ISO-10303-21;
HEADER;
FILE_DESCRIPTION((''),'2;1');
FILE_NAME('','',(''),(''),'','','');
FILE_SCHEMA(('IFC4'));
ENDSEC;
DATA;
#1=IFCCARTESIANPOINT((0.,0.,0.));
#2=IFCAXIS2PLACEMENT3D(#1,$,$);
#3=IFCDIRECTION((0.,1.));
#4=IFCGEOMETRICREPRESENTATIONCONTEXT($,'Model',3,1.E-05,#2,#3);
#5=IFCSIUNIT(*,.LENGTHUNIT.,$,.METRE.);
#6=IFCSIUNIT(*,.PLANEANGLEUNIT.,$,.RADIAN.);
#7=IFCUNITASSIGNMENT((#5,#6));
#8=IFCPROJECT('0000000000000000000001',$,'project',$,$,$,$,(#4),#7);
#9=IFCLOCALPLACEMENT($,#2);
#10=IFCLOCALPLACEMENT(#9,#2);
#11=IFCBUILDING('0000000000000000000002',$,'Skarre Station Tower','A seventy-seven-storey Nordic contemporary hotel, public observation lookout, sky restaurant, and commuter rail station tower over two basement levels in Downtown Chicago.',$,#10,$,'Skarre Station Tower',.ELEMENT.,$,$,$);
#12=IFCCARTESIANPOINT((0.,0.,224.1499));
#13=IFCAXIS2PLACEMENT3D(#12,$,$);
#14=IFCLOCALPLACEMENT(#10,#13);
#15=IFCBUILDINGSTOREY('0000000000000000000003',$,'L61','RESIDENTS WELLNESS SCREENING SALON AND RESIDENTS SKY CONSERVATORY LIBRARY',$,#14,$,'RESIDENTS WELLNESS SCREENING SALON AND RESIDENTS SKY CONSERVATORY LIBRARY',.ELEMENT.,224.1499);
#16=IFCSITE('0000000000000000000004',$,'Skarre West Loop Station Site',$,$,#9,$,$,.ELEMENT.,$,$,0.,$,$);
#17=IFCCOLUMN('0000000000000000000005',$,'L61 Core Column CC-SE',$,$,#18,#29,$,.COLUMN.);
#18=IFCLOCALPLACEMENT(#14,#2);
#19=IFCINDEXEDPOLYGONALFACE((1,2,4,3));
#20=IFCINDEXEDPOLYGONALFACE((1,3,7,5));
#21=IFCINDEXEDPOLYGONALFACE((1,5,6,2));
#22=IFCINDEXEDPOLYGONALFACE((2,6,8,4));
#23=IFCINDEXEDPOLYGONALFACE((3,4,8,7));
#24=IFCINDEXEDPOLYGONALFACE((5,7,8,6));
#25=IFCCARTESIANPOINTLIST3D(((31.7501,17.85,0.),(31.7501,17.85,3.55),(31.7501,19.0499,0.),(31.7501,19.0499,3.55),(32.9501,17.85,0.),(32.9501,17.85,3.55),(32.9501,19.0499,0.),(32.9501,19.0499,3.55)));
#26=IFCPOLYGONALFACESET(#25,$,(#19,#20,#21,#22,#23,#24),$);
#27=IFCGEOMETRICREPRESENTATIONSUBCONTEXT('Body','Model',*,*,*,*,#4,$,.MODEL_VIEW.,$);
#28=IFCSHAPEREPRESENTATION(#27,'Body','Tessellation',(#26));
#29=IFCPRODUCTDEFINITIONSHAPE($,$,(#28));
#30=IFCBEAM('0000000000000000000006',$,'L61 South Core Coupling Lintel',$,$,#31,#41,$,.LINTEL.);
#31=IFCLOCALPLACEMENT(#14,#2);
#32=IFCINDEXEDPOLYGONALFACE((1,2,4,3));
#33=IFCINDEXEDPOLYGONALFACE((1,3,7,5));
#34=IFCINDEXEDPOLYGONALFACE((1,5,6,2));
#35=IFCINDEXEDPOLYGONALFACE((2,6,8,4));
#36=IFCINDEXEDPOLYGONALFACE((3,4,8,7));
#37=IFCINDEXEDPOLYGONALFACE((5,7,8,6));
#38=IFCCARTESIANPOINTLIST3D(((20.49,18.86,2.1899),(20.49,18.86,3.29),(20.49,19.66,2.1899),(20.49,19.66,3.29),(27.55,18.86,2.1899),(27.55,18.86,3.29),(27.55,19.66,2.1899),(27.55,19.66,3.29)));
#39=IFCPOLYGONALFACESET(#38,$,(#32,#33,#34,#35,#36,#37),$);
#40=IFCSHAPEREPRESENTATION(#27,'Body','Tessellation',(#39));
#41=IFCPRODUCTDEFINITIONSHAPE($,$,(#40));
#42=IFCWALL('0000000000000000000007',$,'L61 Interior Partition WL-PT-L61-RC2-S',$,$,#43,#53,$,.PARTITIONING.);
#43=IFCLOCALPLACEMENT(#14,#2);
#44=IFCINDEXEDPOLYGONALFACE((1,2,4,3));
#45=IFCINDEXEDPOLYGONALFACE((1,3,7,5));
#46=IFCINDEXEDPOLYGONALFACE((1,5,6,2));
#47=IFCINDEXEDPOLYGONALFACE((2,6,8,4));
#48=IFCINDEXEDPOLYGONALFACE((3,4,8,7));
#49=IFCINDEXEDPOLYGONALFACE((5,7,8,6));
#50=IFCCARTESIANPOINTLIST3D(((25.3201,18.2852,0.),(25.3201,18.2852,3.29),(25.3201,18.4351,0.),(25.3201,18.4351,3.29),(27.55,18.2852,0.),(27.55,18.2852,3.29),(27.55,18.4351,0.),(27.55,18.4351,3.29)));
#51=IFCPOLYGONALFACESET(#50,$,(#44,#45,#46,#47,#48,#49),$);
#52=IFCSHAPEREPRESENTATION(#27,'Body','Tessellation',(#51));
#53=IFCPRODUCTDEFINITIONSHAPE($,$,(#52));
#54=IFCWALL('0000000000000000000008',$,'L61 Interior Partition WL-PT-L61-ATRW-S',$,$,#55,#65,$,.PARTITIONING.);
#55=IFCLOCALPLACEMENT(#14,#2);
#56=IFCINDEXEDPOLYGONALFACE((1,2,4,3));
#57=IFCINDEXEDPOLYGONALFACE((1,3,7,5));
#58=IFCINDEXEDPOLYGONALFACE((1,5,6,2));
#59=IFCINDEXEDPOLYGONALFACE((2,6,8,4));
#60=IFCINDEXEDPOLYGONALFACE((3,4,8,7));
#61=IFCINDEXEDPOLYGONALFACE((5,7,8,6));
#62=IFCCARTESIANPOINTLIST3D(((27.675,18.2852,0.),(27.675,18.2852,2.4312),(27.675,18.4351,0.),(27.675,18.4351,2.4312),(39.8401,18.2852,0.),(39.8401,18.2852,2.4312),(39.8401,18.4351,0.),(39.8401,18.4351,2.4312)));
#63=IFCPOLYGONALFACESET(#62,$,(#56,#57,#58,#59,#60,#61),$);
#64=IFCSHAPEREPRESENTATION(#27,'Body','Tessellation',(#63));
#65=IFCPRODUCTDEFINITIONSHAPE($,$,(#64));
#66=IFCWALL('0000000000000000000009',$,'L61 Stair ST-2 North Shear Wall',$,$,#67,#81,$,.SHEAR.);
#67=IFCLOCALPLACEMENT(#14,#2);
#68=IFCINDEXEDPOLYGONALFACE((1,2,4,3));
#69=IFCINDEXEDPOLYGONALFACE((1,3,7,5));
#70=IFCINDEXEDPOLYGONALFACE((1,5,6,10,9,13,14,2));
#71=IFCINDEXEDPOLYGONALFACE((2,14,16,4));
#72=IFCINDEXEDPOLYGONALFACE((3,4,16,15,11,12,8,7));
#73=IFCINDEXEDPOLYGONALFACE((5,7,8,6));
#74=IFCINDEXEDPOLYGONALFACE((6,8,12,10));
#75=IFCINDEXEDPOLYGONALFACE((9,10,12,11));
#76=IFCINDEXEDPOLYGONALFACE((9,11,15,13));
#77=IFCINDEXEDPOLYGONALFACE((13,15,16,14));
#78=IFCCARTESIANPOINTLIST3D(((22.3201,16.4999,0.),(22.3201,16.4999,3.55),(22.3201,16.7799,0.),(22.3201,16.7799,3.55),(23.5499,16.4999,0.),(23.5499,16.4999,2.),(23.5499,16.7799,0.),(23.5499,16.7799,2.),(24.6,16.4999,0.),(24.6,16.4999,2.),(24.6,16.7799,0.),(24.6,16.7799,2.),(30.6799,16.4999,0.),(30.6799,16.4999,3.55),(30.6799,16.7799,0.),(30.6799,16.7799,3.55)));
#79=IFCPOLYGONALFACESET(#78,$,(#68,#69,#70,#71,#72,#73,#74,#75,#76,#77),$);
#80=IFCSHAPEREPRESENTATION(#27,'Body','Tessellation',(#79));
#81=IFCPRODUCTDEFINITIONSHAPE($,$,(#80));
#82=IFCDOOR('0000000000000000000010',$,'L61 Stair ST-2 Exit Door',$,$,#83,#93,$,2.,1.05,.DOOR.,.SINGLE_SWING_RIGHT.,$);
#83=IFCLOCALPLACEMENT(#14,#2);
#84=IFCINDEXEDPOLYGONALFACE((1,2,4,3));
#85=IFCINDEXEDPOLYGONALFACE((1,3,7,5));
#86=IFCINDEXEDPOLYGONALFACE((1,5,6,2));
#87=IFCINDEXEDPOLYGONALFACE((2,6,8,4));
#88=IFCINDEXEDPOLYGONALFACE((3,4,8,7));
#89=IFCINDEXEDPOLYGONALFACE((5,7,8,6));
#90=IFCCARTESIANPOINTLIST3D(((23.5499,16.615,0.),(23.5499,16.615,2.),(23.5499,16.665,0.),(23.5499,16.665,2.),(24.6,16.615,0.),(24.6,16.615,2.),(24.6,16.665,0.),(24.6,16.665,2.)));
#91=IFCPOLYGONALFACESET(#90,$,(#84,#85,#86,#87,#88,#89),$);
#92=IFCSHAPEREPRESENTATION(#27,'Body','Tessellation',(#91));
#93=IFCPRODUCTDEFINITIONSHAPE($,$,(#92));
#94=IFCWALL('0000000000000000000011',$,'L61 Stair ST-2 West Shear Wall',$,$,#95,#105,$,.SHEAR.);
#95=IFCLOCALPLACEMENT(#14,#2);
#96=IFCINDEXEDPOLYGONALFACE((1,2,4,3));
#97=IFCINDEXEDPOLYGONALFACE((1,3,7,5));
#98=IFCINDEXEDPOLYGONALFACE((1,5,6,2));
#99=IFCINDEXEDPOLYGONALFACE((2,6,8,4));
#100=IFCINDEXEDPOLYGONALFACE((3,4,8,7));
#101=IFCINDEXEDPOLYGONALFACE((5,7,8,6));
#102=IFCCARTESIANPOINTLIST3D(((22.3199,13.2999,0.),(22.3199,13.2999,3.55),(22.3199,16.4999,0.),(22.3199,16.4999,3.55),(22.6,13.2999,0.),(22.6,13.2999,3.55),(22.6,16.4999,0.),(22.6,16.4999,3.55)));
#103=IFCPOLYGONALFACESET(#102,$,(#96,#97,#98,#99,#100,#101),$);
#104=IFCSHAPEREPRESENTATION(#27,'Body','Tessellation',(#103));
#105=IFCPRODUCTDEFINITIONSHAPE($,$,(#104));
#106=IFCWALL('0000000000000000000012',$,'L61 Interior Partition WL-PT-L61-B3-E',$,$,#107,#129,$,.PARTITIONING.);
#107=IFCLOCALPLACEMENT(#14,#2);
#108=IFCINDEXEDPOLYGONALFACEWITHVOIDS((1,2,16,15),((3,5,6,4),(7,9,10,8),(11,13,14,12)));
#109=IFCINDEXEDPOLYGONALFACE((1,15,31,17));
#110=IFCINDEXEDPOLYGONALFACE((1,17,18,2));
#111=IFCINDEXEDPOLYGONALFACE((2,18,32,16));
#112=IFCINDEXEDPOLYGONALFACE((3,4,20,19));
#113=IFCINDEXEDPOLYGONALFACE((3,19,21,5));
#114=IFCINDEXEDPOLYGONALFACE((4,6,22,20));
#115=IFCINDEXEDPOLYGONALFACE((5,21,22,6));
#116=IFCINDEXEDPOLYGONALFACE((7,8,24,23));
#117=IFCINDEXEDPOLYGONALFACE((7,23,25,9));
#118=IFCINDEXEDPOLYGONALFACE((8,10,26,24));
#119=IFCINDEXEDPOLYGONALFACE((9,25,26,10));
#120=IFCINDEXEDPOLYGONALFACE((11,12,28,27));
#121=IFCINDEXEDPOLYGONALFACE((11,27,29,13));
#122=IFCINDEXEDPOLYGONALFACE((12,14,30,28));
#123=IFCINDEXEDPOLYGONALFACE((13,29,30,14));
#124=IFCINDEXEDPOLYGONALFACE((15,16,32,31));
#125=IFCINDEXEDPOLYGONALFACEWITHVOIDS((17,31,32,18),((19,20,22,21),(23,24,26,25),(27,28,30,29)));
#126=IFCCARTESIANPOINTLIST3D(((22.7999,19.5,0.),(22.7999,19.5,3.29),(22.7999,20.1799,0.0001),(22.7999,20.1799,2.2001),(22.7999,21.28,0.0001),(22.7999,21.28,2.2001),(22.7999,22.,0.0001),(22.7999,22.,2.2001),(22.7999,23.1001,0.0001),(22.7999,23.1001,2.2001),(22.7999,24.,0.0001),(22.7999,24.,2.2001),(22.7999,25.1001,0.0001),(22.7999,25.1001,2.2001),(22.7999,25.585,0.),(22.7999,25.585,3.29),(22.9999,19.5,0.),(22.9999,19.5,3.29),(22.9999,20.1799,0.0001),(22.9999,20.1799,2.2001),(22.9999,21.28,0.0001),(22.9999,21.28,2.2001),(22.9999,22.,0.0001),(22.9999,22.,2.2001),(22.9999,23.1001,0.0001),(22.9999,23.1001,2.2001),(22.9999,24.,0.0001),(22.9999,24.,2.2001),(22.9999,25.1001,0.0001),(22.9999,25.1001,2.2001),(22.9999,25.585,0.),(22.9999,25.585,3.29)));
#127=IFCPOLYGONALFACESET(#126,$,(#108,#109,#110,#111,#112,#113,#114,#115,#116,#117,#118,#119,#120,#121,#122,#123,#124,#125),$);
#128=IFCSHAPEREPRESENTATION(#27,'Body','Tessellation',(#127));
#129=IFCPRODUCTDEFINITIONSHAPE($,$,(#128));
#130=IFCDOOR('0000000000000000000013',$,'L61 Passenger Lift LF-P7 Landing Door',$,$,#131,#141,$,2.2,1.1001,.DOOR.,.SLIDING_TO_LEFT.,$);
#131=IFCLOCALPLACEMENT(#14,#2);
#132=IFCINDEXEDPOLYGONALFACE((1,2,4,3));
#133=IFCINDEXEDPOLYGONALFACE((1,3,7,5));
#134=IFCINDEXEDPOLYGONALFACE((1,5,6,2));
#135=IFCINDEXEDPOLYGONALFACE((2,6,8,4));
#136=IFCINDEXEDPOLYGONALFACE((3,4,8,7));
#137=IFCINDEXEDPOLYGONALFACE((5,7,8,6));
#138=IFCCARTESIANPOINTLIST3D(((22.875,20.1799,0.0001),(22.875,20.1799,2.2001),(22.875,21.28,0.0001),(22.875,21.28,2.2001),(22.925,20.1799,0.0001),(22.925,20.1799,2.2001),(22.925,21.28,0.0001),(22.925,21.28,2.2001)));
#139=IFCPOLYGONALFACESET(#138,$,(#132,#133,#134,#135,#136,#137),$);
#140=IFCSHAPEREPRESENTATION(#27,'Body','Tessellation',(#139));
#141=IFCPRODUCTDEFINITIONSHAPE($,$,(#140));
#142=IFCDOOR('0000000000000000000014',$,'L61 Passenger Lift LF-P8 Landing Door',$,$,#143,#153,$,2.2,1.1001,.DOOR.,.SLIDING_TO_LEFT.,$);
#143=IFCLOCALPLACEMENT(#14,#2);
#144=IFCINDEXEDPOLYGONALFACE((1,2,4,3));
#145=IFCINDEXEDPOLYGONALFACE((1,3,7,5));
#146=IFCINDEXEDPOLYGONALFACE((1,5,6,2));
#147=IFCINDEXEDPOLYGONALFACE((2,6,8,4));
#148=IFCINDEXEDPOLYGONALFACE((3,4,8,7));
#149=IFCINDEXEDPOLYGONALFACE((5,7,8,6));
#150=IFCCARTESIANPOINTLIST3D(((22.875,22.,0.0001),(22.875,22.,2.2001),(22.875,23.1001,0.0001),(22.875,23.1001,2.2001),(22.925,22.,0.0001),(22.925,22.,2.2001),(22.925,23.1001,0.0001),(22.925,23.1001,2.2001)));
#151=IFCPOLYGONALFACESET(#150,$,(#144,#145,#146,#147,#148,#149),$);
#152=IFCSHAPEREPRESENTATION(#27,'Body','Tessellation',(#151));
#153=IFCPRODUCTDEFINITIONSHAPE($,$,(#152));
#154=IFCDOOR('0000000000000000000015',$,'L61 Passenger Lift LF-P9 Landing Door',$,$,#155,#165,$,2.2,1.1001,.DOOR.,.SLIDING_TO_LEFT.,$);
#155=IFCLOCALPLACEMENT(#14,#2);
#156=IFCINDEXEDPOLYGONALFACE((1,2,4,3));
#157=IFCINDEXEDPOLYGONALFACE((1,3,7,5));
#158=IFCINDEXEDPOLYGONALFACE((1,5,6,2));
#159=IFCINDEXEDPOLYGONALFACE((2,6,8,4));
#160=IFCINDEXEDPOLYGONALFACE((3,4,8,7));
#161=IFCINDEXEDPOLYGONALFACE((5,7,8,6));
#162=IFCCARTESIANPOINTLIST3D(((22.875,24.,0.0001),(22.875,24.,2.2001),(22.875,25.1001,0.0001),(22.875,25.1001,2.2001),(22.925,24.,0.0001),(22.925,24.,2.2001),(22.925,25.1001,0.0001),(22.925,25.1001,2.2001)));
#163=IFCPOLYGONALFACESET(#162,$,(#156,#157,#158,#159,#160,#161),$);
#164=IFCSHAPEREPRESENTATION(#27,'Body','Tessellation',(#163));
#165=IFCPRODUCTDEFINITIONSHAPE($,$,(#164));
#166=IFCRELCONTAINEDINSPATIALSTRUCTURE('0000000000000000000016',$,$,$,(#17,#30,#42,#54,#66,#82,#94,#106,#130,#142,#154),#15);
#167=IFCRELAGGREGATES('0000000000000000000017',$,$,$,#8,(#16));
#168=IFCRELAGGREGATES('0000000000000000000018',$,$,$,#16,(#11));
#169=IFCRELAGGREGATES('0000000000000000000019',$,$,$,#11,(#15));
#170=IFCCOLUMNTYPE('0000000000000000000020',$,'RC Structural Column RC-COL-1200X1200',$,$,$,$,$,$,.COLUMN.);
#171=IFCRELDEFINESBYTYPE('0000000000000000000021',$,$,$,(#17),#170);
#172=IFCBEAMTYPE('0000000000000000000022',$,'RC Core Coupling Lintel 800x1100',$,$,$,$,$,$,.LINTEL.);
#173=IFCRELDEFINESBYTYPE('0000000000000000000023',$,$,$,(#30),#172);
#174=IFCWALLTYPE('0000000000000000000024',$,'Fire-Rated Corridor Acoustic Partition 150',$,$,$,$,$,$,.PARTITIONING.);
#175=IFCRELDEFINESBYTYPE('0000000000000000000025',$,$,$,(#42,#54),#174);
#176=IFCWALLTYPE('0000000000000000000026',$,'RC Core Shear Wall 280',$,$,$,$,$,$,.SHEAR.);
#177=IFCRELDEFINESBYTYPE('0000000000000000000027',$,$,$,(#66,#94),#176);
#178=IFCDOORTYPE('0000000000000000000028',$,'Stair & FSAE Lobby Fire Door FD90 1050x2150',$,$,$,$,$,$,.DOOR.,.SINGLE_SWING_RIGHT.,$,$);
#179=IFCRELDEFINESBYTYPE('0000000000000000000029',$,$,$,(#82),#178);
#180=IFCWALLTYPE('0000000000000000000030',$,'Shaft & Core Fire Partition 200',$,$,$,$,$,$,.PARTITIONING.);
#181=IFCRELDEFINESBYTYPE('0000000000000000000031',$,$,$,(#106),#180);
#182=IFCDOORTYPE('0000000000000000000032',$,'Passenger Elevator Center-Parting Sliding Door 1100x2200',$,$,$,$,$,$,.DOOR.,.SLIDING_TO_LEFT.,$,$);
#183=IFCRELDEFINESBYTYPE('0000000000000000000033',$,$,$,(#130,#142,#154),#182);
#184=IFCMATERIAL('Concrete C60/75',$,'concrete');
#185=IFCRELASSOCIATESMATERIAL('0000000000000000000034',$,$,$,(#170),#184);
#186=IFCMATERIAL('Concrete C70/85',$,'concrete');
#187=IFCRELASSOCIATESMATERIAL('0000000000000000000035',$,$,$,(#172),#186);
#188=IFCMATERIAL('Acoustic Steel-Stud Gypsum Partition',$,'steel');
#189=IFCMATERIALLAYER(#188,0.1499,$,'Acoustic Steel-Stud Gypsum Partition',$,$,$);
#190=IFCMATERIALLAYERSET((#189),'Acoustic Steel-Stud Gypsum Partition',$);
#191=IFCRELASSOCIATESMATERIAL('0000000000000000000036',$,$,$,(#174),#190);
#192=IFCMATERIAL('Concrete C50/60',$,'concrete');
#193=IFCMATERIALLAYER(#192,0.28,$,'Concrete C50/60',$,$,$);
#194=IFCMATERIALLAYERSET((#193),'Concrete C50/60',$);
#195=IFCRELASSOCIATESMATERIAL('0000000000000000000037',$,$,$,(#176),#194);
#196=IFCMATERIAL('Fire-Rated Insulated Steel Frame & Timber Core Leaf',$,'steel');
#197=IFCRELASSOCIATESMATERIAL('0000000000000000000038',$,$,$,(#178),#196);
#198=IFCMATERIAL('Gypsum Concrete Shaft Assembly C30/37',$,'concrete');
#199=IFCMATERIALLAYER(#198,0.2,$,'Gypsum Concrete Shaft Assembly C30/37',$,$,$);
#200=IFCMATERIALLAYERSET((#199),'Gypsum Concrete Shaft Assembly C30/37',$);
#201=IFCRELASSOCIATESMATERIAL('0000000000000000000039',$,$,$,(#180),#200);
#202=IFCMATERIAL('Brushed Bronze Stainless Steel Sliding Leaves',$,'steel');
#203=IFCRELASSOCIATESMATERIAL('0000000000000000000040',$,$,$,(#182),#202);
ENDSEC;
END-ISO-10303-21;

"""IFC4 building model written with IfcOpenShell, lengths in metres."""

from ifc_helpers import new_model, si_unit, direction, frame, frame_2d, origin, origin_2d, place, context, subcontext, project, spatial, rectangle, extrude, material, layer, layer_set, material_profile, profile_set, type_object, element, fill, save


model = new_model("IFC4")

# Units and contexts
model_context = context("Model", 3, precision=1e-05, world=origin(), true_north=direction((0.0, 1.0)))
body_context = subcontext(model_context, "Body", "Model", "MODEL_VIEW")
ifc_project = project(units=[si_unit("LENGTHUNIT", "METRE"), si_unit("PLANEANGLEUNIT", "RADIAN")], contexts=[model_context])

# Site, building, storey
site_placement = place(None, origin())
site = spatial("IfcSite", under=ifc_project, at=site_placement, Name="Skarre West Loop Station Site", CompositionType="ELEMENT", RefElevation=0.0)
building_placement = place(site_placement, origin())
building = spatial("IfcBuilding", under=site, at=building_placement, Name="Skarre Station Tower", Description="A seventy-seven-storey Nordic contemporary hotel, public observation lookout, sky restaurant, and commuter rail station tower over two basement levels in Downtown Chicago.", LongName="Skarre Station Tower", CompositionType="ELEMENT")
storey_placement = place(building_placement, frame((0.0, 0.0, 224.1499)))
storey = spatial("IfcBuildingStorey", under=building, at=storey_placement, Name="L61", Description="RESIDENTS WELLNESS SCREENING SALON AND RESIDENTS SKY CONSERVATORY LIBRARY", LongName="RESIDENTS WELLNESS SCREENING SALON AND RESIDENTS SKY CONSERVATORY LIBRARY", CompositionType="ELEMENT", Elevation=224.1499)

# Column
ifc_material_1 = material(Name="Concrete C60/75", Category="concrete")
ifc_material_profile_1 = material_profile(ifc_material_1, rectangle(XDim=1.2, YDim=1.2, at=origin_2d()), Name="Concrete C60/75")
ifc_profile_set_1 = profile_set([ifc_material_profile_1], Name="Concrete C60/75")
column_type = type_object("IfcColumnType", Name="RC Structural Column RC-COL-1200X1200", PredefinedType="COLUMN", material=ifc_profile_set_1)
column_placement = place(storey_placement, frame((32.3501, 18.45, 0.0), z_axis=(0.0, 0.0, 1.0), x_axis=(1.0, 0.0, 0.0)))
element("IfcColumn", 1, at=column_placement, inside=storey, type_object=column_type, Name="L61 Core Column CC-SE", PredefinedType="COLUMN", context=body_context, shape_type="SweptSolid", body=[
    extrude(rectangle(XDim=1.2, YDim=1.2, at=origin_2d()), origin(), (0.0, 0.0, 1.0), 3.55),
])

# Beam
ifc_material_2 = material(Name="Concrete C70/85", Category="concrete")
ifc_material_profile_2 = material_profile(ifc_material_2, rectangle(XDim=0.8, YDim=1.1001, at=origin_2d()), Name="Concrete C70/85")
ifc_profile_set_2 = profile_set([ifc_material_profile_2], Name="Concrete C70/85")
beam_type = type_object("IfcBeamType", Name="RC Core Coupling Lintel 800x1100", PredefinedType="LINTEL", material=ifc_profile_set_2)
beam_placement = place(storey_placement, frame((20.49, 19.26, 2.74), z_axis=(1.0, 0.0, 0.0), x_axis=(0.0, 1.0, 0.0)))
element("IfcBeam", 2, at=beam_placement, inside=storey, type_object=beam_type, Name="L61 South Core Coupling Lintel", PredefinedType="LINTEL", context=body_context, shape_type="SweptSolid", body=[
    extrude(rectangle(XDim=0.8, YDim=1.1001, at=origin_2d()), origin(), (0.0, 0.0, 1.0), 7.0601),
])

# Walls
ifc_material_3 = material(Name="Acoustic Steel-Stud Gypsum Partition", Category="steel")
ifc_layer_1 = layer(ifc_material_3, 0.1499, Name="Acoustic Steel-Stud Gypsum Partition")
ifc_layer_set_1 = layer_set([ifc_layer_1], Name="Acoustic Steel-Stud Gypsum Partition")
wall_type_1 = type_object("IfcWallType", Name="Fire-Rated Corridor Acoustic Partition 150", PredefinedType="PARTITIONING", material=ifc_layer_set_1)
wall_1_placement = place(storey_placement, frame((25.3201, 18.3601, 0.0), z_axis=(0.0, 0.0, 1.0), x_axis=(1.0, 0.0, 0.0)))
element("IfcWall", 3, at=wall_1_placement, inside=storey, type_object=wall_type_1, Name="L61 Interior Partition WL-PT-L61-RC2-S", PredefinedType="PARTITIONING", context=body_context, shape_type="SweptSolid", body=[
    extrude(rectangle(XDim=2.23, YDim=0.1499, at=frame_2d((1.115, 0.0))), origin(), (0.0, 0.0, 1.0), 3.29),
])
wall_2_placement = place(storey_placement, frame((27.675, 18.3601, 0.0), z_axis=(0.0, 0.0, 1.0), x_axis=(1.0, 0.0, 0.0)))
element("IfcWall", 4, at=wall_2_placement, inside=storey, type_object=wall_type_1, Name="L61 Interior Partition WL-PT-L61-ATRW-S", PredefinedType="PARTITIONING", context=body_context, shape_type="SweptSolid", body=[
    extrude(rectangle(XDim=12.165, YDim=0.1499, at=frame_2d((6.0825, 0.0))), origin(), (0.0, 0.0, 1.0), 2.4312),
])

# Wall, opening, door
ifc_material_4 = material(Name="Concrete C50/60", Category="concrete")
ifc_layer_2 = layer(ifc_material_4, 0.28, Name="Concrete C50/60")
ifc_layer_set_2 = layer_set([ifc_layer_2], Name="Concrete C50/60")
wall_type_2 = type_object("IfcWallType", Name="RC Core Shear Wall 280", PredefinedType="SHEAR", material=ifc_layer_set_2)
wall_3_placement = place(storey_placement, frame((30.6799, 16.6399, 0.0), z_axis=(0.0, 0.0, 1.0), x_axis=(-1.0, 0.0, 0.0)))
wall_3 = element("IfcWall", 5, at=wall_3_placement, inside=storey, type_object=wall_type_2, Name="L61 Stair ST-2 North Shear Wall", PredefinedType="SHEAR", context=body_context, shape_type="SweptSolid", body=[
    extrude(rectangle(XDim=8.3599, YDim=0.28, at=frame_2d((4.1799, 0.0))), origin(), (0.0, 0.0, 1.0), 3.55),
])
opening_1_placement = place(wall_3_placement, frame((6.0801, 0.0, 0.0)))
opening_1 = element("IfcOpeningElement", 6, at=opening_1_placement, cuts=wall_3, PredefinedType="OPENING", context=body_context, shape_type="SweptSolid", body=[
    extrude(rectangle(XDim=1.05, YDim=2.0, at=frame_2d((0.5249, 1.0))), frame((0.0, 0.1499, 0.0), z_axis=(0.0, -1.0, 0.0), x_axis=(1.0, 0.0, 0.0)), (0.0, 0.0, 1.0), 0.3),
])
ifc_material_5 = material(Name="Fire-Rated Insulated Steel Frame & Timber Core Leaf", Category="steel")
door_type_1 = type_object("IfcDoorType", Name="Stair & FSAE Lobby Fire Door FD90 1050x2150", OperationType="SINGLE_SWING_RIGHT", PredefinedType="DOOR", material=ifc_material_5)
door_1_placement = place(opening_1_placement, origin())
door_1 = element("IfcDoor", 7, at=door_1_placement, inside=storey, type_object=door_type_1, Name="L61 Stair ST-2 Exit Door", OperationType="SINGLE_SWING_RIGHT", OverallHeight=2.0, OverallWidth=1.05, PredefinedType="DOOR", context=body_context, shape_type="SweptSolid", body=[
    extrude(rectangle(XDim=1.05, YDim=2.0, at=frame_2d((0.5249, 1.0))), frame((0.0, 0.0249, 0.0), z_axis=(0.0, -1.0, 0.0), x_axis=(1.0, 0.0, 0.0)), (0.0, 0.0, 1.0), 0.05),
])
fill(opening_1, door_1)

# Wall
wall_4_placement = place(storey_placement, frame((22.46, 16.5, 0.0), z_axis=(0.0, 0.0, 1.0), x_axis=(0.0, -1.0, 0.0)))
element("IfcWall", 8, at=wall_4_placement, inside=storey, type_object=wall_type_2, Name="L61 Stair ST-2 West Shear Wall", PredefinedType="SHEAR", context=body_context, shape_type="SweptSolid", body=[
    extrude(rectangle(XDim=3.2, YDim=0.28, at=frame_2d((1.6001, 0.0))), origin(), (0.0, 0.0, 1.0), 3.55),
])

# Wall, openings, doors
ifc_material_6 = material(Name="Gypsum Concrete Shaft Assembly C30/37", Category="concrete")
ifc_layer_3 = layer(ifc_material_6, 0.2, Name="Gypsum Concrete Shaft Assembly C30/37")
ifc_layer_set_3 = layer_set([ifc_layer_3], Name="Gypsum Concrete Shaft Assembly C30/37")
wall_type_3 = type_object("IfcWallType", Name="Shaft & Core Fire Partition 200", PredefinedType="PARTITIONING", material=ifc_layer_set_3)
wall_5_placement = place(storey_placement, frame((22.8999, 19.5, 0.0), z_axis=(0.0, 0.0, 1.0), x_axis=(0.0, 1.0, 0.0)))
wall_5 = element("IfcWall", 9, at=wall_5_placement, inside=storey, type_object=wall_type_3, Name="L61 Interior Partition WL-PT-L61-B3-E", PredefinedType="PARTITIONING", context=body_context, shape_type="SweptSolid", body=[
    extrude(rectangle(XDim=6.085, YDim=0.2, at=frame_2d((3.0425, 0.0))), origin(), (0.0, 0.0, 1.0), 3.29),
])
opening_2_placement = place(wall_5_placement, frame((0.6799, 0.0, 0.0)))
opening_2 = element("IfcOpeningElement", 10, at=opening_2_placement, cuts=wall_5, PredefinedType="OPENING", context=body_context, shape_type="SweptSolid", body=[
    extrude(rectangle(XDim=1.1001, YDim=2.2, at=frame_2d((0.55, 1.1001))), frame((0.0, 0.1099, 0.0), z_axis=(0.0, -1.0, 0.0), x_axis=(1.0, 0.0, 0.0)), (0.0, 0.0, 1.0), 0.22),
])
opening_3_placement = place(wall_5_placement, frame((2.5, 0.0, 0.0)))
opening_3 = element("IfcOpeningElement", 11, at=opening_3_placement, cuts=wall_5, PredefinedType="OPENING", context=body_context, shape_type="SweptSolid", body=[
    extrude(rectangle(XDim=1.1001, YDim=2.2, at=frame_2d((0.55, 1.1001))), frame((0.0, 0.1099, 0.0), z_axis=(0.0, -1.0, 0.0), x_axis=(1.0, 0.0, 0.0)), (0.0, 0.0, 1.0), 0.22),
])
opening_4_placement = place(wall_5_placement, frame((4.5, 0.0, 0.0)))
opening_4 = element("IfcOpeningElement", 12, at=opening_4_placement, cuts=wall_5, PredefinedType="OPENING", context=body_context, shape_type="SweptSolid", body=[
    extrude(rectangle(XDim=1.1001, YDim=2.2, at=frame_2d((0.55, 1.1001))), frame((0.0, 0.1099, 0.0), z_axis=(0.0, -1.0, 0.0), x_axis=(1.0, 0.0, 0.0)), (0.0, 0.0, 1.0), 0.22),
])
ifc_material_7 = material(Name="Brushed Bronze Stainless Steel Sliding Leaves", Category="steel")
door_type_2 = type_object("IfcDoorType", Name="Passenger Elevator Center-Parting Sliding Door 1100x2200", OperationType="SLIDING_TO_LEFT", PredefinedType="DOOR", material=ifc_material_7)
door_2_placement = place(opening_2_placement, origin())
door_2 = element("IfcDoor", 13, at=door_2_placement, inside=storey, type_object=door_type_2, Name="L61 Passenger Lift LF-P7 Landing Door", OperationType="SLIDING_TO_LEFT", OverallHeight=2.2, OverallWidth=1.1001, PredefinedType="DOOR", context=body_context, shape_type="SweptSolid", body=[
    extrude(rectangle(XDim=1.1001, YDim=2.2, at=frame_2d((0.55, 1.1001))), frame((0.0, 0.0249, 0.0), z_axis=(0.0, -1.0, 0.0), x_axis=(1.0, 0.0, 0.0)), (0.0, 0.0, 1.0), 0.05),
])
fill(opening_2, door_2)
door_3_placement = place(opening_3_placement, origin())
door_3 = element("IfcDoor", 14, at=door_3_placement, inside=storey, type_object=door_type_2, Name="L61 Passenger Lift LF-P8 Landing Door", OperationType="SLIDING_TO_LEFT", OverallHeight=2.2, OverallWidth=1.1001, PredefinedType="DOOR", context=body_context, shape_type="SweptSolid", body=[
    extrude(rectangle(XDim=1.1001, YDim=2.2, at=frame_2d((0.55, 1.1001))), frame((0.0, 0.0249, 0.0), z_axis=(0.0, -1.0, 0.0), x_axis=(1.0, 0.0, 0.0)), (0.0, 0.0, 1.0), 0.05),
])
fill(opening_3, door_3)
door_4_placement = place(opening_4_placement, origin())
door_4 = element("IfcDoor", 15, at=door_4_placement, inside=storey, type_object=door_type_2, Name="L61 Passenger Lift LF-P9 Landing Door", OperationType="SLIDING_TO_LEFT", OverallHeight=2.2, OverallWidth=1.1001, PredefinedType="DOOR", context=body_context, shape_type="SweptSolid", body=[
    extrude(rectangle(XDim=1.1001, YDim=2.2, at=frame_2d((0.55, 1.1001))), frame((0.0, 0.0249, 0.0), z_axis=(0.0, -1.0, 0.0), x_axis=(1.0, 0.0, 0.0)), (0.0, 0.0, 1.0), 0.05),
])
fill(opening_4, door_4)

save(model, "model.ifc")
